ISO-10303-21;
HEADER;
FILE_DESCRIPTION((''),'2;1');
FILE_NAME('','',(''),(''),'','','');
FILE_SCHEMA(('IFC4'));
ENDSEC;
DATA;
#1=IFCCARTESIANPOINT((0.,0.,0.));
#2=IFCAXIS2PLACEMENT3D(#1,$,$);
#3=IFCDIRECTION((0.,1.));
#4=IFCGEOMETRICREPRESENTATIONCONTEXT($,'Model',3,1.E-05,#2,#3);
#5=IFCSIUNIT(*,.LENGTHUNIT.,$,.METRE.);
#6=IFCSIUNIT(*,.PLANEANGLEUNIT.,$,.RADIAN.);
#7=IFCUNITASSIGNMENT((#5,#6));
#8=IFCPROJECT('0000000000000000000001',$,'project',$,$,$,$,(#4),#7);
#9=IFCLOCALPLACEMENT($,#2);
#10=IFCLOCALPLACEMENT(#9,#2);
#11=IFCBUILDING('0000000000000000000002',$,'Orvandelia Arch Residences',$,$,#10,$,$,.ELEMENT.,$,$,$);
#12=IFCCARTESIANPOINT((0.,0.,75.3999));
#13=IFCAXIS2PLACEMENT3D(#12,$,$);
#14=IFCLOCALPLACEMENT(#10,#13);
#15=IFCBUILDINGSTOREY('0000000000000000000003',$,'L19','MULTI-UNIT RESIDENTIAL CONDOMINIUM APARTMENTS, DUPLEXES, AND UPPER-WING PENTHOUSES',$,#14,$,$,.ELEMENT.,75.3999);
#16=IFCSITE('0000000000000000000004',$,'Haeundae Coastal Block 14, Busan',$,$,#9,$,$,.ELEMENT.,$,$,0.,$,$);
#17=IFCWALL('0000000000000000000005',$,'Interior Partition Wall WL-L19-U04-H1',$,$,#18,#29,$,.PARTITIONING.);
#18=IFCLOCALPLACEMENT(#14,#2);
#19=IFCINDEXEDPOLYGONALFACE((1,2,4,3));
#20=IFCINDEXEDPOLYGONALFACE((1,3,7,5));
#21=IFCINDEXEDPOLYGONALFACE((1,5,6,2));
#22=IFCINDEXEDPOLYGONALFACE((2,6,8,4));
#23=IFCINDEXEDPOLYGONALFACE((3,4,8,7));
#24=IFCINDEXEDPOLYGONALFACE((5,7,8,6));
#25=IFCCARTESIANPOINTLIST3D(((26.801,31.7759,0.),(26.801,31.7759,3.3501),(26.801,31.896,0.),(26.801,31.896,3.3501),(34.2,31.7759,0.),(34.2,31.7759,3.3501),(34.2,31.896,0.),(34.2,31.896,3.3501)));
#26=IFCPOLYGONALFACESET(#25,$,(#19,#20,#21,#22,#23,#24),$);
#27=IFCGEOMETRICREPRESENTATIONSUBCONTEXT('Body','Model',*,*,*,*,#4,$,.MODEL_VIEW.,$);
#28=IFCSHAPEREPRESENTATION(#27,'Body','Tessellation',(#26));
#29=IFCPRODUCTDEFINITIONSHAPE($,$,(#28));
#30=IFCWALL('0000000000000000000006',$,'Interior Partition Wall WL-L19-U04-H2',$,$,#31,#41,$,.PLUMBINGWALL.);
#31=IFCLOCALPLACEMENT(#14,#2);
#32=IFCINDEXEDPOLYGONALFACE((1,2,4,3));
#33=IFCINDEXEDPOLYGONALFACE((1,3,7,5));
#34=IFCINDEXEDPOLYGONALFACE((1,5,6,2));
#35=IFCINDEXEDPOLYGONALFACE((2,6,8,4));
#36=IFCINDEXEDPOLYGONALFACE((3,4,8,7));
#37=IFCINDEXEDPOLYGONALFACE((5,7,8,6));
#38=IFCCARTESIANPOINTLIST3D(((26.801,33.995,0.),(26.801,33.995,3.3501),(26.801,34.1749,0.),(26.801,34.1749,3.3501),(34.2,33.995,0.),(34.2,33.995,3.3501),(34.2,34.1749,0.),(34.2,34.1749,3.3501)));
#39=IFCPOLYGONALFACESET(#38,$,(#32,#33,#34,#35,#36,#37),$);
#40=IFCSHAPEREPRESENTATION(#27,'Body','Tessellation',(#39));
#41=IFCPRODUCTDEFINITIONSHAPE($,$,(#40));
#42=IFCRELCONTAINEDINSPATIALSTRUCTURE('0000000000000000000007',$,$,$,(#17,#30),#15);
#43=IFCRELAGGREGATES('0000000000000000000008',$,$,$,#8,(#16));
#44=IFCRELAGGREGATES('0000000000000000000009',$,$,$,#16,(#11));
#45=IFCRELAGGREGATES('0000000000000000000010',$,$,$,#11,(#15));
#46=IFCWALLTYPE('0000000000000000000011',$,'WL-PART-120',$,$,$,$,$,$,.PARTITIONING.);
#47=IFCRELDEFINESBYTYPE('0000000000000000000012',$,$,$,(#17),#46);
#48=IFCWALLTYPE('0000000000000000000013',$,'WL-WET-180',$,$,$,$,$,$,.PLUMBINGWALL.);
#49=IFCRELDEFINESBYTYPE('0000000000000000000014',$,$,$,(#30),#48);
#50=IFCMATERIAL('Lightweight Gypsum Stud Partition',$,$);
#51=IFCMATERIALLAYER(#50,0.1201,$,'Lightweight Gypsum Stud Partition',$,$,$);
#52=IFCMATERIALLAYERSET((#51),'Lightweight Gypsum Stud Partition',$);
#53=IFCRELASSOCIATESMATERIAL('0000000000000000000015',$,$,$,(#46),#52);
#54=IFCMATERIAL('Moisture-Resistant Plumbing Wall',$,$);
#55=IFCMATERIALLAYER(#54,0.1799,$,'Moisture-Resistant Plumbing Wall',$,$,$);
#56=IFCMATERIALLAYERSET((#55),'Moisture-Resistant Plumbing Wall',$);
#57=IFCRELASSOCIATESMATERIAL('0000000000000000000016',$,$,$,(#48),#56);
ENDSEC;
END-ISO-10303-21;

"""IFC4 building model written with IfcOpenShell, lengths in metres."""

from ifc_helpers import new_model, si_unit, direction, frame, frame_2d, origin, place, context, subcontext, project, spatial, rectangle, extrude, material, layer, layer_set, type_object, element, save


model = new_model("IFC4")

# Units and contexts
model_context = context("Model", 3, precision=1e-05, world=origin(), true_north=direction((0.0, 1.0)))
body_context = subcontext(model_context, "Body", "Model", "MODEL_VIEW")
ifc_project = project(units=[si_unit("LENGTHUNIT", "METRE"), si_unit("PLANEANGLEUNIT", "RADIAN")], contexts=[model_context])

# Site, building, storey
site_placement = place(None, origin())
site = spatial("IfcSite", under=ifc_project, at=site_placement, Name="Haeundae Coastal Block 14, Busan", CompositionType="ELEMENT", RefElevation=0.0)
building_placement = place(site_placement, origin())
building = spatial("IfcBuilding", under=site, at=building_placement, Name="Orvandelia Arch Residences", CompositionType="ELEMENT")
storey_placement = place(building_placement, frame((0.0, 0.0, 75.3999)))
storey = spatial("IfcBuildingStorey", under=building, at=storey_placement, Name="L19", Description="MULTI-UNIT RESIDENTIAL CONDOMINIUM APARTMENTS, DUPLEXES, AND UPPER-WING PENTHOUSES", CompositionType="ELEMENT", Elevation=75.3999)

# Wall
ifc_material_1 = material(Name="Lightweight Gypsum Stud Partition")
ifc_layer_1 = layer(ifc_material_1, 0.1201, Name="Lightweight Gypsum Stud Partition")
ifc_layer_set_1 = layer_set([ifc_layer_1], Name="Lightweight Gypsum Stud Partition")
wall_type_1 = type_object("IfcWallType", Name="WL-PART-120", PredefinedType="PARTITIONING", material=ifc_layer_set_1)
wall_1_placement = place(storey_placement, frame((26.801, 31.8359, 0.0), z_axis=(0.0, 0.0, 1.0), x_axis=(1.0, 0.0, 0.0)))
element("IfcWall", 1, at=wall_1_placement, inside=storey, type_object=wall_type_1, Name="Interior Partition Wall WL-L19-U04-H1", PredefinedType="PARTITIONING", context=body_context, shape_type="SweptSolid", body=[
    extrude(rectangle(XDim=7.3989, YDim=0.1201, at=frame_2d((3.6995, 0.0))), origin(), (0.0, 0.0, 1.0), 3.3501),
])

# Shared definitions
ifc_material_2 = material(Name="Moisture-Resistant Plumbing Wall")
ifc_layer_2 = layer(ifc_material_2, 0.1799, Name="Moisture-Resistant Plumbing Wall")
ifc_layer_set_2 = layer_set([ifc_layer_2], Name="Moisture-Resistant Plumbing Wall")
wall_type_2 = type_object("IfcWallType", Name="WL-WET-180", PredefinedType="PLUMBINGWALL", material=ifc_layer_set_2)

# Wall
wall_2_placement = place(storey_placement, frame((26.801, 34.085, 0.0), z_axis=(0.0, 0.0, 1.0), x_axis=(1.0, 0.0, 0.0)))
element("IfcWall", 2, at=wall_2_placement, inside=storey, type_object=wall_type_2, Name="Interior Partition Wall WL-L19-U04-H2", PredefinedType="PLUMBINGWALL", context=body_context, shape_type="SweptSolid", body=[
    extrude(rectangle(XDim=7.3989, YDim=0.1799, at=frame_2d((3.6995, 0.0))), origin(), (0.0, 0.0, 1.0), 3.3501),
])

save(model, "model.ifc")
